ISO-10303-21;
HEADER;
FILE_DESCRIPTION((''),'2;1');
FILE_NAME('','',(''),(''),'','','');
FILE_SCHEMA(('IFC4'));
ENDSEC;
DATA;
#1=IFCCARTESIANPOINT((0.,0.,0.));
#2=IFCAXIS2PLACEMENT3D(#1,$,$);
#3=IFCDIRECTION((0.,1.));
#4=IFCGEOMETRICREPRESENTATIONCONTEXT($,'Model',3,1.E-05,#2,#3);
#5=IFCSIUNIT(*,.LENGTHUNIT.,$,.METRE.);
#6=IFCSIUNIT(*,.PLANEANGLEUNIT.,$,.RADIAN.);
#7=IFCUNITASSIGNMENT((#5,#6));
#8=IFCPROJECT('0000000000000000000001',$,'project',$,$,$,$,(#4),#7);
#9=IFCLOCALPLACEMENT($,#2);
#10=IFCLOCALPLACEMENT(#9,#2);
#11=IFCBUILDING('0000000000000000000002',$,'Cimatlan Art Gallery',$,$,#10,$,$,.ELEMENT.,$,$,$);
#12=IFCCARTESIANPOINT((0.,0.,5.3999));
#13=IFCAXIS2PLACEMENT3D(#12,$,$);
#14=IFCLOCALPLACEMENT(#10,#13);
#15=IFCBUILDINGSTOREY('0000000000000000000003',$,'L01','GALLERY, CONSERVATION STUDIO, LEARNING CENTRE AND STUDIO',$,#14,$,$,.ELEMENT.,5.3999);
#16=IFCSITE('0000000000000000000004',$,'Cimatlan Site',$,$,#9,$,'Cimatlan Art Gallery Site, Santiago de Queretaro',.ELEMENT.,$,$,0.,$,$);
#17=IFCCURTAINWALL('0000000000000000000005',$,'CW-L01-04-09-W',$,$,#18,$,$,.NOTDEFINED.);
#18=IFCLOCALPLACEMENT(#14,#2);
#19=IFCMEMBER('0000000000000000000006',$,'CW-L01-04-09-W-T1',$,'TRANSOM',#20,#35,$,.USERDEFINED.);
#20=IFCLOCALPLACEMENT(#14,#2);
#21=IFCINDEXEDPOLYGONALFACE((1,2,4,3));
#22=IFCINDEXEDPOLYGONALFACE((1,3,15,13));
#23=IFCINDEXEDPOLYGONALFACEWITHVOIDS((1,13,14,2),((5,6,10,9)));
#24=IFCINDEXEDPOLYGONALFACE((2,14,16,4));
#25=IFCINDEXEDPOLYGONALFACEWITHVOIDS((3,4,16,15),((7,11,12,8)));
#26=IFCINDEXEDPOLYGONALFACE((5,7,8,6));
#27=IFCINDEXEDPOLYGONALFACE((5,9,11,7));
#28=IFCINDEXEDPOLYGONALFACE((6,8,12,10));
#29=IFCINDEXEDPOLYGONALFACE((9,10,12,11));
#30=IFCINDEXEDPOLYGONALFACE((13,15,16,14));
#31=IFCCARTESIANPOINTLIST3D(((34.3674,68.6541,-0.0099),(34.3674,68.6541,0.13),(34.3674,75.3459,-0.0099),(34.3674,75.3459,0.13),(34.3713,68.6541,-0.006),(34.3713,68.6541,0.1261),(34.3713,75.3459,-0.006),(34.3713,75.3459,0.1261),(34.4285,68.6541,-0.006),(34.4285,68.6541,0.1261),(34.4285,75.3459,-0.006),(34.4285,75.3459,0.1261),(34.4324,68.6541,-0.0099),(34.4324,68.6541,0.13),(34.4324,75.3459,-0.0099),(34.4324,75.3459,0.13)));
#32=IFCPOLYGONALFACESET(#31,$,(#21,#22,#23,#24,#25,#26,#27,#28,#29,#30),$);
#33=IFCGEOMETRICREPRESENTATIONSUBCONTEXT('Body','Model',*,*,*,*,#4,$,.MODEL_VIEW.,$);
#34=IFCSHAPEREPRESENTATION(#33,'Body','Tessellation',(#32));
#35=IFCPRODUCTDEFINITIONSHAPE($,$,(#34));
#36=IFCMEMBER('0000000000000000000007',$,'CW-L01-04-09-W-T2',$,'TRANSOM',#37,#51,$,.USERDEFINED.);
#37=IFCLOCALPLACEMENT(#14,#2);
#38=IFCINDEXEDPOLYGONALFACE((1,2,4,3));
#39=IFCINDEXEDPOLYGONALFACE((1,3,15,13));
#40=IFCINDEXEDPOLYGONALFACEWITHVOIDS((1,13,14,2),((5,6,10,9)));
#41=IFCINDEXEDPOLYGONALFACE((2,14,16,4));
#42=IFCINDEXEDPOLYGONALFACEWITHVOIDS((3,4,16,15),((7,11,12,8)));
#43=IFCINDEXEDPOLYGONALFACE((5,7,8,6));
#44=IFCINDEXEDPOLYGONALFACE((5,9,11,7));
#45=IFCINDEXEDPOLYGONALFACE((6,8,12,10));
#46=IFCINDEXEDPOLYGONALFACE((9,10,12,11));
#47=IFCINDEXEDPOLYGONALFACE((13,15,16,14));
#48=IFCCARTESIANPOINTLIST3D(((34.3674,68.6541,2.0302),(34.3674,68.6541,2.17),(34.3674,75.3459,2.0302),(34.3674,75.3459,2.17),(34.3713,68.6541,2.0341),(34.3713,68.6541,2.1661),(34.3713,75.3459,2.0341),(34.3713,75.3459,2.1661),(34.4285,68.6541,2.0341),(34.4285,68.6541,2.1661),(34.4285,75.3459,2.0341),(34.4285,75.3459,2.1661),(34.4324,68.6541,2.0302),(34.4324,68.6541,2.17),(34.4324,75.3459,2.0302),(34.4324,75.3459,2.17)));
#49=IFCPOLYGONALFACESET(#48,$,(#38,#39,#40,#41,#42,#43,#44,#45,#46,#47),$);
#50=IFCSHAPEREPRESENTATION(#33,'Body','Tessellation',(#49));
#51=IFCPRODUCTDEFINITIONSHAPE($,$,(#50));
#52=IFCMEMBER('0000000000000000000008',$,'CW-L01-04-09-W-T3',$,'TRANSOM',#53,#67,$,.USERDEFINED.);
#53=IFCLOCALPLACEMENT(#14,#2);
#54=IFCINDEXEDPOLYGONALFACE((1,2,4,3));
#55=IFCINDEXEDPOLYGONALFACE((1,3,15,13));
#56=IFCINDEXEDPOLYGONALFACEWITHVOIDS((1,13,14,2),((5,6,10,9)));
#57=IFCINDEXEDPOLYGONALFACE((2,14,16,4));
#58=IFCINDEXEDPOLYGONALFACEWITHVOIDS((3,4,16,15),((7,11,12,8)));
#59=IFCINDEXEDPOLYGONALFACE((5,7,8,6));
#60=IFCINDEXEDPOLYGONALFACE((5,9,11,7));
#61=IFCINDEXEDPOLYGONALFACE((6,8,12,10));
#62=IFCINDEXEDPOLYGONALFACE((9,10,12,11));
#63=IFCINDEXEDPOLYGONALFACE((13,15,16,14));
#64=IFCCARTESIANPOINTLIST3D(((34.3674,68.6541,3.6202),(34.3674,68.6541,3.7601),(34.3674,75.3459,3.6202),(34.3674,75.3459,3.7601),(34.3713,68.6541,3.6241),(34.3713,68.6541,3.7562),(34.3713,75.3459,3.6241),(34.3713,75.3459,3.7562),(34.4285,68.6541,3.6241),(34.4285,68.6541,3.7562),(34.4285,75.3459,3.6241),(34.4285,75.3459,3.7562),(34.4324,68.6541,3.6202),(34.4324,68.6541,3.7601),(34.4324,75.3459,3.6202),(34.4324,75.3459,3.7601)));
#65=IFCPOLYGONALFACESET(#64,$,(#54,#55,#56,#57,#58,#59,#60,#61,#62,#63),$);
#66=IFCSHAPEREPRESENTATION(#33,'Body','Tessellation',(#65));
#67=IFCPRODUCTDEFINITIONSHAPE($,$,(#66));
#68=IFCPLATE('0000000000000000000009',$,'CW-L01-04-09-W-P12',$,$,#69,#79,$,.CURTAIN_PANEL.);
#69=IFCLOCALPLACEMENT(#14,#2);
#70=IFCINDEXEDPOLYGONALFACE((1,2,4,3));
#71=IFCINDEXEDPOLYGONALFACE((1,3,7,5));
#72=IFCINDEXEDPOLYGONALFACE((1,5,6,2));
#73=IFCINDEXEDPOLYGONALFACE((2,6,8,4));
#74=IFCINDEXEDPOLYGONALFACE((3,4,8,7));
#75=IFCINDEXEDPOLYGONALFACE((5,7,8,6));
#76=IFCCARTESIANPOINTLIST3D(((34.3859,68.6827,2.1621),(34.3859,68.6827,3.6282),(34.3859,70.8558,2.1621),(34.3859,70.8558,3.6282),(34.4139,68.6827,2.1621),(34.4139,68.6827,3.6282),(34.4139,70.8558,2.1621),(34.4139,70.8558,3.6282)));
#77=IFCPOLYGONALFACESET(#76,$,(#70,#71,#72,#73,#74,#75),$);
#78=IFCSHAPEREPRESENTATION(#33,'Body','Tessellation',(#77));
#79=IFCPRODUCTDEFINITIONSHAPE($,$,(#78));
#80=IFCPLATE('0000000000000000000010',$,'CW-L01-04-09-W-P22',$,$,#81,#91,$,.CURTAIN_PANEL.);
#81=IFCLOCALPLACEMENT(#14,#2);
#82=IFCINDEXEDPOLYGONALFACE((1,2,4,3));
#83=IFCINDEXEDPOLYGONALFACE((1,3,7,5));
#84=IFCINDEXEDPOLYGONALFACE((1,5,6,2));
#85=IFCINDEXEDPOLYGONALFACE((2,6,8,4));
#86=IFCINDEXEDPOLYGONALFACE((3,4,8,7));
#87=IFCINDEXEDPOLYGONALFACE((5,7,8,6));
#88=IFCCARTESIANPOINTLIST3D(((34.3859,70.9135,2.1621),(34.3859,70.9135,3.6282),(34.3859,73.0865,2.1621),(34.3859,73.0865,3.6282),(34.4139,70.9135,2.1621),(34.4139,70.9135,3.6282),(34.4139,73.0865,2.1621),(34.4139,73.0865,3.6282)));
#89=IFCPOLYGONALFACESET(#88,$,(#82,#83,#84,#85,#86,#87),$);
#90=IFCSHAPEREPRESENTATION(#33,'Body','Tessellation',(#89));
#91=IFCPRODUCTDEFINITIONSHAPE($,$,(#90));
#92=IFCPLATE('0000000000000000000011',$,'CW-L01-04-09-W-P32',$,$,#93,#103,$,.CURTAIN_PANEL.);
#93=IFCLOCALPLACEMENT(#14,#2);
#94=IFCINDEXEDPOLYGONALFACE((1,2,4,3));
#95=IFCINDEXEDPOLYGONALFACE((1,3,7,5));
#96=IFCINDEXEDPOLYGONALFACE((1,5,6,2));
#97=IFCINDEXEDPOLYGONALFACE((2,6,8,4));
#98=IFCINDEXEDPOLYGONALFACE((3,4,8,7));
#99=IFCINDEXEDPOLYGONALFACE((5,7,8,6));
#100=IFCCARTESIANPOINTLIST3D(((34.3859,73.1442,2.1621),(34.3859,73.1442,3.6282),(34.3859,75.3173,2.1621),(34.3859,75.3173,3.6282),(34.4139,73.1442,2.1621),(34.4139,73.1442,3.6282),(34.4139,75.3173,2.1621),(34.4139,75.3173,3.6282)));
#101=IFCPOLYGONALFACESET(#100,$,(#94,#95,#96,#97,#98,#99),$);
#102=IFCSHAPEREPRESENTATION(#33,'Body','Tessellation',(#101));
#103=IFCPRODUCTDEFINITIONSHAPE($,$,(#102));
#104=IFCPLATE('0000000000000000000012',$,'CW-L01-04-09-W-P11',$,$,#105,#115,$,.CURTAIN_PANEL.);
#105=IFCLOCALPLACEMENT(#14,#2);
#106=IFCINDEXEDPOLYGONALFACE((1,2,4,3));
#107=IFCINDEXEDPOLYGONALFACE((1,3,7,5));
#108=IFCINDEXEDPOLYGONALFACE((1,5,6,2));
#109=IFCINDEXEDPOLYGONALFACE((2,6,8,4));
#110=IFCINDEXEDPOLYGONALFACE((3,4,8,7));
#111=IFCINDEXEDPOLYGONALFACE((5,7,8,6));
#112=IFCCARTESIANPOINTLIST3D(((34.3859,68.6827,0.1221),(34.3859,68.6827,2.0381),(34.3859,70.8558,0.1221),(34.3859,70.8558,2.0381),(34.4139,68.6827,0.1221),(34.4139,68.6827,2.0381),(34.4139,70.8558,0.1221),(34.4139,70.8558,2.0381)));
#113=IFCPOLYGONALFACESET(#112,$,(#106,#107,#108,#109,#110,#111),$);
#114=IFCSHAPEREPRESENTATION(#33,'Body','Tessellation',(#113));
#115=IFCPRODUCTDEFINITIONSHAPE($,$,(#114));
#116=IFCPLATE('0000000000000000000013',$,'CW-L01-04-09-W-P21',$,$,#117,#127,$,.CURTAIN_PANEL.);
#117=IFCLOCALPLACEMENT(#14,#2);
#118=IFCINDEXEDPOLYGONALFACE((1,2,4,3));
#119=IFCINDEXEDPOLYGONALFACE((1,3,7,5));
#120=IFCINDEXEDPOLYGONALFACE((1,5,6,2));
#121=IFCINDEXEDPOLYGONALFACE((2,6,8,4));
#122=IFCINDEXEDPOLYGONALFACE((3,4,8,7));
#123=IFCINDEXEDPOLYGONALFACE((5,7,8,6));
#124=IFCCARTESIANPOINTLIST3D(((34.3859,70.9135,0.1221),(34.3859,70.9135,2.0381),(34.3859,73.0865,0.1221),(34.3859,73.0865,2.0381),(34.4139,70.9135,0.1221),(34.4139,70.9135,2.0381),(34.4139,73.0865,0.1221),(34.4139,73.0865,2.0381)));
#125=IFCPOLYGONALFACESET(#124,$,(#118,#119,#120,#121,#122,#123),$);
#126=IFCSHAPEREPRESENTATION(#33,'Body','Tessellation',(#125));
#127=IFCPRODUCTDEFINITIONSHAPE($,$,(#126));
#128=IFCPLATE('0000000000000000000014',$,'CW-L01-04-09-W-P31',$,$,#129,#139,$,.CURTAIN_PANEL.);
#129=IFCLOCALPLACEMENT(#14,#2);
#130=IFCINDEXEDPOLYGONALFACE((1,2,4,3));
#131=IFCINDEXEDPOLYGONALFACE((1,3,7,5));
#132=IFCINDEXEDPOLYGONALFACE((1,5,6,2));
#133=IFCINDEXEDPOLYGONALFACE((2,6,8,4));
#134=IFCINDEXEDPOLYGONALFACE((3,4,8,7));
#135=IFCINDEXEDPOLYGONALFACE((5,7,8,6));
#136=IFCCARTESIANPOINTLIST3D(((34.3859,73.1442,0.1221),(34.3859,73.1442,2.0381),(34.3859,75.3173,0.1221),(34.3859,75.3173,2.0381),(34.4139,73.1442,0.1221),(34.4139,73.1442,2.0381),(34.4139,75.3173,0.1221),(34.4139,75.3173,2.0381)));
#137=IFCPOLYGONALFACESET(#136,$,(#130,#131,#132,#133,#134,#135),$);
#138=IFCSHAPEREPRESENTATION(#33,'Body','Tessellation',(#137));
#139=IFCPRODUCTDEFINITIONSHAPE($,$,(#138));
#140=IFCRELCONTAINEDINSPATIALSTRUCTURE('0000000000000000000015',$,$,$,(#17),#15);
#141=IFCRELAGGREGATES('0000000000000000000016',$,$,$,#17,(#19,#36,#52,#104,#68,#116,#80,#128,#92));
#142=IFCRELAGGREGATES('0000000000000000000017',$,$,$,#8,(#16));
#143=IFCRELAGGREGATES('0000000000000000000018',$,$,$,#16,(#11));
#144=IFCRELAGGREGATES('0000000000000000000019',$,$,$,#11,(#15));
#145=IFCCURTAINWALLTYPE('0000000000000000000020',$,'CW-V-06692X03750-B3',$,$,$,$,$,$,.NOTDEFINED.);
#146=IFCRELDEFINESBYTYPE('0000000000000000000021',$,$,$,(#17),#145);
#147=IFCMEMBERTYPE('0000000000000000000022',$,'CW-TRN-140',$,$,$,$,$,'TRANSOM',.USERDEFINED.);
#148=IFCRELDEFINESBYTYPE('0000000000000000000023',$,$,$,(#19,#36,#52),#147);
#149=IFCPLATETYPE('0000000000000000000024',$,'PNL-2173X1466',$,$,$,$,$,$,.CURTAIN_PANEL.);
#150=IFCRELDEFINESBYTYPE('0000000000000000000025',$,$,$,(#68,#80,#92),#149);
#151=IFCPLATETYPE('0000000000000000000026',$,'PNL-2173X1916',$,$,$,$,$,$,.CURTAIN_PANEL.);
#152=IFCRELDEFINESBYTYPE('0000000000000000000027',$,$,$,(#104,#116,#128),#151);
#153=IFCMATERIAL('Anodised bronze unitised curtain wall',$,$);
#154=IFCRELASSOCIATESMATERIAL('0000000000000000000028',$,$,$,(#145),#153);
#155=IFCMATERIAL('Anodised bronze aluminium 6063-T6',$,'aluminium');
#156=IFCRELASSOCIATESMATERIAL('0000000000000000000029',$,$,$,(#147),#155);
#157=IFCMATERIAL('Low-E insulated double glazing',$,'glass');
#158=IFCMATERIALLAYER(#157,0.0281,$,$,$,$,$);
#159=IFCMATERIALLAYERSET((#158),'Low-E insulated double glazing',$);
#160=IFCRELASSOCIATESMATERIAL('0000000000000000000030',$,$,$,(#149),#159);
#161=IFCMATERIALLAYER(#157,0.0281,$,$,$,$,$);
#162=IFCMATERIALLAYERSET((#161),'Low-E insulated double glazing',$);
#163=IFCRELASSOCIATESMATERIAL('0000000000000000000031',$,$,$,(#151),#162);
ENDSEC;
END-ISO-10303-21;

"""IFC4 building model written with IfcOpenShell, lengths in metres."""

from ifc_helpers import new_model, si_unit, direction, frame, origin, origin_2d, place, context, subcontext, project, spatial, rectangle, hollow_rectangle, extrude, material, layer, layer_set, material_profile, profile_set, type_object, element, aggregate, save


model = new_model("IFC4")

# Units and contexts
model_context = context("Model", 3, precision=1e-05, world=origin(), true_north=direction((0.0, 1.0)))
body_context = subcontext(model_context, "Body", "Model", "MODEL_VIEW")
ifc_project = project(units=[si_unit("LENGTHUNIT", "METRE"), si_unit("PLANEANGLEUNIT", "RADIAN")], contexts=[model_context])

# Site, building, storey
site_placement = place(None, origin())
site = spatial("IfcSite", under=ifc_project, at=site_placement, Name="Cimatlan Site", LongName="Cimatlan Art Gallery Site, Santiago de Queretaro", CompositionType="ELEMENT", RefElevation=0.0)
building_placement = place(site_placement, origin())
building = spatial("IfcBuilding", under=site, at=building_placement, Name="Cimatlan Art Gallery", CompositionType="ELEMENT")
storey_placement = place(building_placement, frame((0.0, 0.0, 5.3999)))
storey = spatial("IfcBuildingStorey", under=building, at=storey_placement, Name="L01", Description="GALLERY, CONSERVATION STUDIO, LEARNING CENTRE AND STUDIO", CompositionType="ELEMENT", Elevation=5.3999)

# Curtain wall, members, plates
ifc_material_1 = material(Name="Anodised bronze unitised curtain wall")
curtain_wall_type = type_object("IfcCurtainWallType", Name="CW-V-06692X03750-B3", PredefinedType="NOTDEFINED", material=ifc_material_1)
curtain_wall_placement = place(storey_placement, origin())
curtain_wall = element("IfcCurtainWall", 1, at=curtain_wall_placement, inside=storey, type_object=curtain_wall_type, Name="CW-L01-04-09-W", PredefinedType="NOTDEFINED")
ifc_material_2 = material(Name="Anodised bronze aluminium 6063-T6", Category="aluminium")
ifc_material_profile_1 = material_profile(ifc_material_2, hollow_rectangle(XDim=0.0649, YDim=0.1399, WallThickness=0.0039, at=origin_2d()), Name="ALU65X140X4")
ifc_profile_set_1 = profile_set([ifc_material_profile_1], Name="Anodised bronze aluminium 6063-T6")
member_type_1 = type_object("IfcMemberType", Name="CW-TRN-140", ElementType="TRANSOM", PredefinedType="USERDEFINED", material=ifc_profile_set_1)
member_1_placement = place(storey_placement, frame((34.3999, 68.6541, 0.0601), z_axis=(0.0, 1.0, 0.0), x_axis=(-1.0, 0.0, 0.0)))
member_1 = element("IfcMember", 2, at=member_1_placement, type_object=member_type_1, Name="CW-L01-04-09-W-T1", ObjectType="TRANSOM", PredefinedType="USERDEFINED", context=body_context, shape_type="SweptSolid", body=[
    extrude(hollow_rectangle(XDim=0.0649, YDim=0.1399, WallThickness=0.0039, at=origin_2d()), origin(), (0.0, 0.0, 1.0), 6.6919),
])
member_2_placement = place(storey_placement, frame((34.3999, 68.6541, 2.1001), z_axis=(0.0, 1.0, 0.0), x_axis=(-1.0, 0.0, 0.0)))
member_2 = element("IfcMember", 3, at=member_2_placement, type_object=member_type_1, Name="CW-L01-04-09-W-T2", ObjectType="TRANSOM", PredefinedType="USERDEFINED", context=body_context, shape_type="SweptSolid", body=[
    extrude(hollow_rectangle(XDim=0.0649, YDim=0.1399, WallThickness=0.0039, at=origin_2d()), origin(), (0.0, 0.0, 1.0), 6.6919),
])
member_3_placement = place(storey_placement, frame((34.3999, 68.6541, 3.6902), z_axis=(0.0, 1.0, 0.0), x_axis=(-1.0, 0.0, 0.0)))
member_3 = element("IfcMember", 4, at=member_3_placement, type_object=member_type_1, Name="CW-L01-04-09-W-T3", ObjectType="TRANSOM", PredefinedType="USERDEFINED", context=body_context, shape_type="SweptSolid", body=[
    extrude(hollow_rectangle(XDim=0.0649, YDim=0.1399, WallThickness=0.0039, at=origin_2d()), origin(), (0.0, 0.0, 1.0), 6.6919),
])
ifc_material_3 = material(Name="Low-E insulated double glazing", Category="glass")
ifc_layer_1 = layer(ifc_material_3, 0.0281)
ifc_layer_set_1 = layer_set([ifc_layer_1], Name="Low-E insulated double glazing")
plate_type_1 = type_object("IfcPlateType", Name="PNL-2173X1466", PredefinedType="CURTAIN_PANEL", material=ifc_layer_set_1)
plate_1_placement = place(storey_placement, frame((34.3999, 69.7693, 2.1621), z_axis=(0.0, 0.0, 1.0), x_axis=(0.0, 1.0, 0.0)))
plate_1 = element("IfcPlate", 5, at=plate_1_placement, type_object=plate_type_1, Name="CW-L01-04-09-W-P12", PredefinedType="CURTAIN_PANEL", context=body_context, shape_type="SweptSolid", body=[
    extrude(rectangle(XDim=2.1731, YDim=0.0281, at=origin_2d()), origin(), (0.0, 0.0, 1.0), 1.4661),
])
plate_2_placement = place(storey_placement, frame((34.3999, 72.0, 2.1621), z_axis=(0.0, 0.0, 1.0), x_axis=(0.0, 1.0, 0.0)))
plate_2 = element("IfcPlate", 6, at=plate_2_placement, type_object=plate_type_1, Name="CW-L01-04-09-W-P22", PredefinedType="CURTAIN_PANEL", context=body_context, shape_type="SweptSolid", body=[
    extrude(rectangle(XDim=2.1731, YDim=0.0281, at=origin_2d()), origin(), (0.0, 0.0, 1.0), 1.4661),
])
plate_3_placement = place(storey_placement, frame((34.3999, 74.2307, 2.1621), z_axis=(0.0, 0.0, 1.0), x_axis=(0.0, 1.0, 0.0)))
plate_3 = element("IfcPlate", 7, at=plate_3_placement, type_object=plate_type_1, Name="CW-L01-04-09-W-P32", PredefinedType="CURTAIN_PANEL", context=body_context, shape_type="SweptSolid", body=[
    extrude(rectangle(XDim=2.1731, YDim=0.0281, at=origin_2d()), origin(), (0.0, 0.0, 1.0), 1.4661),
])
ifc_layer_2 = layer(ifc_material_3, 0.0281)
ifc_layer_set_2 = layer_set([ifc_layer_2], Name="Low-E insulated double glazing")
plate_type_2 = type_object("IfcPlateType", Name="PNL-2173X1916", PredefinedType="CURTAIN_PANEL", material=ifc_layer_set_2)
plate_4_placement = place(storey_placement, frame((34.3999, 69.7693, 0.1221), z_axis=(0.0, 0.0, 1.0), x_axis=(0.0, 1.0, 0.0)))
plate_4 = element("IfcPlate", 8, at=plate_4_placement, type_object=plate_type_2, Name="CW-L01-04-09-W-P11", PredefinedType="CURTAIN_PANEL", context=body_context, shape_type="SweptSolid", body=[
    extrude(rectangle(XDim=2.1731, YDim=0.0281, at=origin_2d()), origin(), (0.0, 0.0, 1.0), 1.916),
])
plate_5_placement = place(storey_placement, frame((34.3999, 72.0, 0.1221), z_axis=(0.0, 0.0, 1.0), x_axis=(0.0, 1.0, 0.0)))
plate_5 = element("IfcPlate", 9, at=plate_5_placement, type_object=plate_type_2, Name="CW-L01-04-09-W-P21", PredefinedType="CURTAIN_PANEL", context=body_context, shape_type="SweptSolid", body=[
    extrude(rectangle(XDim=2.1731, YDim=0.0281, at=origin_2d()), origin(), (0.0, 0.0, 1.0), 1.916),
])
plate_6_placement = place(storey_placement, frame((34.3999, 74.2307, 0.1221), z_axis=(0.0, 0.0, 1.0), x_axis=(0.0, 1.0, 0.0)))
plate_6 = element("IfcPlate", 10, at=plate_6_placement, type_object=plate_type_2, Name="CW-L01-04-09-W-P31", PredefinedType="CURTAIN_PANEL", context=body_context, shape_type="SweptSolid", body=[
    extrude(rectangle(XDim=2.1731, YDim=0.0281, at=origin_2d()), origin(), (0.0, 0.0, 1.0), 1.916),
])
aggregate(curtain_wall, [member_1, member_2, member_3, plate_4, plate_1, plate_5, plate_2, plate_6, plate_3])

save(model, "model.ifc")
